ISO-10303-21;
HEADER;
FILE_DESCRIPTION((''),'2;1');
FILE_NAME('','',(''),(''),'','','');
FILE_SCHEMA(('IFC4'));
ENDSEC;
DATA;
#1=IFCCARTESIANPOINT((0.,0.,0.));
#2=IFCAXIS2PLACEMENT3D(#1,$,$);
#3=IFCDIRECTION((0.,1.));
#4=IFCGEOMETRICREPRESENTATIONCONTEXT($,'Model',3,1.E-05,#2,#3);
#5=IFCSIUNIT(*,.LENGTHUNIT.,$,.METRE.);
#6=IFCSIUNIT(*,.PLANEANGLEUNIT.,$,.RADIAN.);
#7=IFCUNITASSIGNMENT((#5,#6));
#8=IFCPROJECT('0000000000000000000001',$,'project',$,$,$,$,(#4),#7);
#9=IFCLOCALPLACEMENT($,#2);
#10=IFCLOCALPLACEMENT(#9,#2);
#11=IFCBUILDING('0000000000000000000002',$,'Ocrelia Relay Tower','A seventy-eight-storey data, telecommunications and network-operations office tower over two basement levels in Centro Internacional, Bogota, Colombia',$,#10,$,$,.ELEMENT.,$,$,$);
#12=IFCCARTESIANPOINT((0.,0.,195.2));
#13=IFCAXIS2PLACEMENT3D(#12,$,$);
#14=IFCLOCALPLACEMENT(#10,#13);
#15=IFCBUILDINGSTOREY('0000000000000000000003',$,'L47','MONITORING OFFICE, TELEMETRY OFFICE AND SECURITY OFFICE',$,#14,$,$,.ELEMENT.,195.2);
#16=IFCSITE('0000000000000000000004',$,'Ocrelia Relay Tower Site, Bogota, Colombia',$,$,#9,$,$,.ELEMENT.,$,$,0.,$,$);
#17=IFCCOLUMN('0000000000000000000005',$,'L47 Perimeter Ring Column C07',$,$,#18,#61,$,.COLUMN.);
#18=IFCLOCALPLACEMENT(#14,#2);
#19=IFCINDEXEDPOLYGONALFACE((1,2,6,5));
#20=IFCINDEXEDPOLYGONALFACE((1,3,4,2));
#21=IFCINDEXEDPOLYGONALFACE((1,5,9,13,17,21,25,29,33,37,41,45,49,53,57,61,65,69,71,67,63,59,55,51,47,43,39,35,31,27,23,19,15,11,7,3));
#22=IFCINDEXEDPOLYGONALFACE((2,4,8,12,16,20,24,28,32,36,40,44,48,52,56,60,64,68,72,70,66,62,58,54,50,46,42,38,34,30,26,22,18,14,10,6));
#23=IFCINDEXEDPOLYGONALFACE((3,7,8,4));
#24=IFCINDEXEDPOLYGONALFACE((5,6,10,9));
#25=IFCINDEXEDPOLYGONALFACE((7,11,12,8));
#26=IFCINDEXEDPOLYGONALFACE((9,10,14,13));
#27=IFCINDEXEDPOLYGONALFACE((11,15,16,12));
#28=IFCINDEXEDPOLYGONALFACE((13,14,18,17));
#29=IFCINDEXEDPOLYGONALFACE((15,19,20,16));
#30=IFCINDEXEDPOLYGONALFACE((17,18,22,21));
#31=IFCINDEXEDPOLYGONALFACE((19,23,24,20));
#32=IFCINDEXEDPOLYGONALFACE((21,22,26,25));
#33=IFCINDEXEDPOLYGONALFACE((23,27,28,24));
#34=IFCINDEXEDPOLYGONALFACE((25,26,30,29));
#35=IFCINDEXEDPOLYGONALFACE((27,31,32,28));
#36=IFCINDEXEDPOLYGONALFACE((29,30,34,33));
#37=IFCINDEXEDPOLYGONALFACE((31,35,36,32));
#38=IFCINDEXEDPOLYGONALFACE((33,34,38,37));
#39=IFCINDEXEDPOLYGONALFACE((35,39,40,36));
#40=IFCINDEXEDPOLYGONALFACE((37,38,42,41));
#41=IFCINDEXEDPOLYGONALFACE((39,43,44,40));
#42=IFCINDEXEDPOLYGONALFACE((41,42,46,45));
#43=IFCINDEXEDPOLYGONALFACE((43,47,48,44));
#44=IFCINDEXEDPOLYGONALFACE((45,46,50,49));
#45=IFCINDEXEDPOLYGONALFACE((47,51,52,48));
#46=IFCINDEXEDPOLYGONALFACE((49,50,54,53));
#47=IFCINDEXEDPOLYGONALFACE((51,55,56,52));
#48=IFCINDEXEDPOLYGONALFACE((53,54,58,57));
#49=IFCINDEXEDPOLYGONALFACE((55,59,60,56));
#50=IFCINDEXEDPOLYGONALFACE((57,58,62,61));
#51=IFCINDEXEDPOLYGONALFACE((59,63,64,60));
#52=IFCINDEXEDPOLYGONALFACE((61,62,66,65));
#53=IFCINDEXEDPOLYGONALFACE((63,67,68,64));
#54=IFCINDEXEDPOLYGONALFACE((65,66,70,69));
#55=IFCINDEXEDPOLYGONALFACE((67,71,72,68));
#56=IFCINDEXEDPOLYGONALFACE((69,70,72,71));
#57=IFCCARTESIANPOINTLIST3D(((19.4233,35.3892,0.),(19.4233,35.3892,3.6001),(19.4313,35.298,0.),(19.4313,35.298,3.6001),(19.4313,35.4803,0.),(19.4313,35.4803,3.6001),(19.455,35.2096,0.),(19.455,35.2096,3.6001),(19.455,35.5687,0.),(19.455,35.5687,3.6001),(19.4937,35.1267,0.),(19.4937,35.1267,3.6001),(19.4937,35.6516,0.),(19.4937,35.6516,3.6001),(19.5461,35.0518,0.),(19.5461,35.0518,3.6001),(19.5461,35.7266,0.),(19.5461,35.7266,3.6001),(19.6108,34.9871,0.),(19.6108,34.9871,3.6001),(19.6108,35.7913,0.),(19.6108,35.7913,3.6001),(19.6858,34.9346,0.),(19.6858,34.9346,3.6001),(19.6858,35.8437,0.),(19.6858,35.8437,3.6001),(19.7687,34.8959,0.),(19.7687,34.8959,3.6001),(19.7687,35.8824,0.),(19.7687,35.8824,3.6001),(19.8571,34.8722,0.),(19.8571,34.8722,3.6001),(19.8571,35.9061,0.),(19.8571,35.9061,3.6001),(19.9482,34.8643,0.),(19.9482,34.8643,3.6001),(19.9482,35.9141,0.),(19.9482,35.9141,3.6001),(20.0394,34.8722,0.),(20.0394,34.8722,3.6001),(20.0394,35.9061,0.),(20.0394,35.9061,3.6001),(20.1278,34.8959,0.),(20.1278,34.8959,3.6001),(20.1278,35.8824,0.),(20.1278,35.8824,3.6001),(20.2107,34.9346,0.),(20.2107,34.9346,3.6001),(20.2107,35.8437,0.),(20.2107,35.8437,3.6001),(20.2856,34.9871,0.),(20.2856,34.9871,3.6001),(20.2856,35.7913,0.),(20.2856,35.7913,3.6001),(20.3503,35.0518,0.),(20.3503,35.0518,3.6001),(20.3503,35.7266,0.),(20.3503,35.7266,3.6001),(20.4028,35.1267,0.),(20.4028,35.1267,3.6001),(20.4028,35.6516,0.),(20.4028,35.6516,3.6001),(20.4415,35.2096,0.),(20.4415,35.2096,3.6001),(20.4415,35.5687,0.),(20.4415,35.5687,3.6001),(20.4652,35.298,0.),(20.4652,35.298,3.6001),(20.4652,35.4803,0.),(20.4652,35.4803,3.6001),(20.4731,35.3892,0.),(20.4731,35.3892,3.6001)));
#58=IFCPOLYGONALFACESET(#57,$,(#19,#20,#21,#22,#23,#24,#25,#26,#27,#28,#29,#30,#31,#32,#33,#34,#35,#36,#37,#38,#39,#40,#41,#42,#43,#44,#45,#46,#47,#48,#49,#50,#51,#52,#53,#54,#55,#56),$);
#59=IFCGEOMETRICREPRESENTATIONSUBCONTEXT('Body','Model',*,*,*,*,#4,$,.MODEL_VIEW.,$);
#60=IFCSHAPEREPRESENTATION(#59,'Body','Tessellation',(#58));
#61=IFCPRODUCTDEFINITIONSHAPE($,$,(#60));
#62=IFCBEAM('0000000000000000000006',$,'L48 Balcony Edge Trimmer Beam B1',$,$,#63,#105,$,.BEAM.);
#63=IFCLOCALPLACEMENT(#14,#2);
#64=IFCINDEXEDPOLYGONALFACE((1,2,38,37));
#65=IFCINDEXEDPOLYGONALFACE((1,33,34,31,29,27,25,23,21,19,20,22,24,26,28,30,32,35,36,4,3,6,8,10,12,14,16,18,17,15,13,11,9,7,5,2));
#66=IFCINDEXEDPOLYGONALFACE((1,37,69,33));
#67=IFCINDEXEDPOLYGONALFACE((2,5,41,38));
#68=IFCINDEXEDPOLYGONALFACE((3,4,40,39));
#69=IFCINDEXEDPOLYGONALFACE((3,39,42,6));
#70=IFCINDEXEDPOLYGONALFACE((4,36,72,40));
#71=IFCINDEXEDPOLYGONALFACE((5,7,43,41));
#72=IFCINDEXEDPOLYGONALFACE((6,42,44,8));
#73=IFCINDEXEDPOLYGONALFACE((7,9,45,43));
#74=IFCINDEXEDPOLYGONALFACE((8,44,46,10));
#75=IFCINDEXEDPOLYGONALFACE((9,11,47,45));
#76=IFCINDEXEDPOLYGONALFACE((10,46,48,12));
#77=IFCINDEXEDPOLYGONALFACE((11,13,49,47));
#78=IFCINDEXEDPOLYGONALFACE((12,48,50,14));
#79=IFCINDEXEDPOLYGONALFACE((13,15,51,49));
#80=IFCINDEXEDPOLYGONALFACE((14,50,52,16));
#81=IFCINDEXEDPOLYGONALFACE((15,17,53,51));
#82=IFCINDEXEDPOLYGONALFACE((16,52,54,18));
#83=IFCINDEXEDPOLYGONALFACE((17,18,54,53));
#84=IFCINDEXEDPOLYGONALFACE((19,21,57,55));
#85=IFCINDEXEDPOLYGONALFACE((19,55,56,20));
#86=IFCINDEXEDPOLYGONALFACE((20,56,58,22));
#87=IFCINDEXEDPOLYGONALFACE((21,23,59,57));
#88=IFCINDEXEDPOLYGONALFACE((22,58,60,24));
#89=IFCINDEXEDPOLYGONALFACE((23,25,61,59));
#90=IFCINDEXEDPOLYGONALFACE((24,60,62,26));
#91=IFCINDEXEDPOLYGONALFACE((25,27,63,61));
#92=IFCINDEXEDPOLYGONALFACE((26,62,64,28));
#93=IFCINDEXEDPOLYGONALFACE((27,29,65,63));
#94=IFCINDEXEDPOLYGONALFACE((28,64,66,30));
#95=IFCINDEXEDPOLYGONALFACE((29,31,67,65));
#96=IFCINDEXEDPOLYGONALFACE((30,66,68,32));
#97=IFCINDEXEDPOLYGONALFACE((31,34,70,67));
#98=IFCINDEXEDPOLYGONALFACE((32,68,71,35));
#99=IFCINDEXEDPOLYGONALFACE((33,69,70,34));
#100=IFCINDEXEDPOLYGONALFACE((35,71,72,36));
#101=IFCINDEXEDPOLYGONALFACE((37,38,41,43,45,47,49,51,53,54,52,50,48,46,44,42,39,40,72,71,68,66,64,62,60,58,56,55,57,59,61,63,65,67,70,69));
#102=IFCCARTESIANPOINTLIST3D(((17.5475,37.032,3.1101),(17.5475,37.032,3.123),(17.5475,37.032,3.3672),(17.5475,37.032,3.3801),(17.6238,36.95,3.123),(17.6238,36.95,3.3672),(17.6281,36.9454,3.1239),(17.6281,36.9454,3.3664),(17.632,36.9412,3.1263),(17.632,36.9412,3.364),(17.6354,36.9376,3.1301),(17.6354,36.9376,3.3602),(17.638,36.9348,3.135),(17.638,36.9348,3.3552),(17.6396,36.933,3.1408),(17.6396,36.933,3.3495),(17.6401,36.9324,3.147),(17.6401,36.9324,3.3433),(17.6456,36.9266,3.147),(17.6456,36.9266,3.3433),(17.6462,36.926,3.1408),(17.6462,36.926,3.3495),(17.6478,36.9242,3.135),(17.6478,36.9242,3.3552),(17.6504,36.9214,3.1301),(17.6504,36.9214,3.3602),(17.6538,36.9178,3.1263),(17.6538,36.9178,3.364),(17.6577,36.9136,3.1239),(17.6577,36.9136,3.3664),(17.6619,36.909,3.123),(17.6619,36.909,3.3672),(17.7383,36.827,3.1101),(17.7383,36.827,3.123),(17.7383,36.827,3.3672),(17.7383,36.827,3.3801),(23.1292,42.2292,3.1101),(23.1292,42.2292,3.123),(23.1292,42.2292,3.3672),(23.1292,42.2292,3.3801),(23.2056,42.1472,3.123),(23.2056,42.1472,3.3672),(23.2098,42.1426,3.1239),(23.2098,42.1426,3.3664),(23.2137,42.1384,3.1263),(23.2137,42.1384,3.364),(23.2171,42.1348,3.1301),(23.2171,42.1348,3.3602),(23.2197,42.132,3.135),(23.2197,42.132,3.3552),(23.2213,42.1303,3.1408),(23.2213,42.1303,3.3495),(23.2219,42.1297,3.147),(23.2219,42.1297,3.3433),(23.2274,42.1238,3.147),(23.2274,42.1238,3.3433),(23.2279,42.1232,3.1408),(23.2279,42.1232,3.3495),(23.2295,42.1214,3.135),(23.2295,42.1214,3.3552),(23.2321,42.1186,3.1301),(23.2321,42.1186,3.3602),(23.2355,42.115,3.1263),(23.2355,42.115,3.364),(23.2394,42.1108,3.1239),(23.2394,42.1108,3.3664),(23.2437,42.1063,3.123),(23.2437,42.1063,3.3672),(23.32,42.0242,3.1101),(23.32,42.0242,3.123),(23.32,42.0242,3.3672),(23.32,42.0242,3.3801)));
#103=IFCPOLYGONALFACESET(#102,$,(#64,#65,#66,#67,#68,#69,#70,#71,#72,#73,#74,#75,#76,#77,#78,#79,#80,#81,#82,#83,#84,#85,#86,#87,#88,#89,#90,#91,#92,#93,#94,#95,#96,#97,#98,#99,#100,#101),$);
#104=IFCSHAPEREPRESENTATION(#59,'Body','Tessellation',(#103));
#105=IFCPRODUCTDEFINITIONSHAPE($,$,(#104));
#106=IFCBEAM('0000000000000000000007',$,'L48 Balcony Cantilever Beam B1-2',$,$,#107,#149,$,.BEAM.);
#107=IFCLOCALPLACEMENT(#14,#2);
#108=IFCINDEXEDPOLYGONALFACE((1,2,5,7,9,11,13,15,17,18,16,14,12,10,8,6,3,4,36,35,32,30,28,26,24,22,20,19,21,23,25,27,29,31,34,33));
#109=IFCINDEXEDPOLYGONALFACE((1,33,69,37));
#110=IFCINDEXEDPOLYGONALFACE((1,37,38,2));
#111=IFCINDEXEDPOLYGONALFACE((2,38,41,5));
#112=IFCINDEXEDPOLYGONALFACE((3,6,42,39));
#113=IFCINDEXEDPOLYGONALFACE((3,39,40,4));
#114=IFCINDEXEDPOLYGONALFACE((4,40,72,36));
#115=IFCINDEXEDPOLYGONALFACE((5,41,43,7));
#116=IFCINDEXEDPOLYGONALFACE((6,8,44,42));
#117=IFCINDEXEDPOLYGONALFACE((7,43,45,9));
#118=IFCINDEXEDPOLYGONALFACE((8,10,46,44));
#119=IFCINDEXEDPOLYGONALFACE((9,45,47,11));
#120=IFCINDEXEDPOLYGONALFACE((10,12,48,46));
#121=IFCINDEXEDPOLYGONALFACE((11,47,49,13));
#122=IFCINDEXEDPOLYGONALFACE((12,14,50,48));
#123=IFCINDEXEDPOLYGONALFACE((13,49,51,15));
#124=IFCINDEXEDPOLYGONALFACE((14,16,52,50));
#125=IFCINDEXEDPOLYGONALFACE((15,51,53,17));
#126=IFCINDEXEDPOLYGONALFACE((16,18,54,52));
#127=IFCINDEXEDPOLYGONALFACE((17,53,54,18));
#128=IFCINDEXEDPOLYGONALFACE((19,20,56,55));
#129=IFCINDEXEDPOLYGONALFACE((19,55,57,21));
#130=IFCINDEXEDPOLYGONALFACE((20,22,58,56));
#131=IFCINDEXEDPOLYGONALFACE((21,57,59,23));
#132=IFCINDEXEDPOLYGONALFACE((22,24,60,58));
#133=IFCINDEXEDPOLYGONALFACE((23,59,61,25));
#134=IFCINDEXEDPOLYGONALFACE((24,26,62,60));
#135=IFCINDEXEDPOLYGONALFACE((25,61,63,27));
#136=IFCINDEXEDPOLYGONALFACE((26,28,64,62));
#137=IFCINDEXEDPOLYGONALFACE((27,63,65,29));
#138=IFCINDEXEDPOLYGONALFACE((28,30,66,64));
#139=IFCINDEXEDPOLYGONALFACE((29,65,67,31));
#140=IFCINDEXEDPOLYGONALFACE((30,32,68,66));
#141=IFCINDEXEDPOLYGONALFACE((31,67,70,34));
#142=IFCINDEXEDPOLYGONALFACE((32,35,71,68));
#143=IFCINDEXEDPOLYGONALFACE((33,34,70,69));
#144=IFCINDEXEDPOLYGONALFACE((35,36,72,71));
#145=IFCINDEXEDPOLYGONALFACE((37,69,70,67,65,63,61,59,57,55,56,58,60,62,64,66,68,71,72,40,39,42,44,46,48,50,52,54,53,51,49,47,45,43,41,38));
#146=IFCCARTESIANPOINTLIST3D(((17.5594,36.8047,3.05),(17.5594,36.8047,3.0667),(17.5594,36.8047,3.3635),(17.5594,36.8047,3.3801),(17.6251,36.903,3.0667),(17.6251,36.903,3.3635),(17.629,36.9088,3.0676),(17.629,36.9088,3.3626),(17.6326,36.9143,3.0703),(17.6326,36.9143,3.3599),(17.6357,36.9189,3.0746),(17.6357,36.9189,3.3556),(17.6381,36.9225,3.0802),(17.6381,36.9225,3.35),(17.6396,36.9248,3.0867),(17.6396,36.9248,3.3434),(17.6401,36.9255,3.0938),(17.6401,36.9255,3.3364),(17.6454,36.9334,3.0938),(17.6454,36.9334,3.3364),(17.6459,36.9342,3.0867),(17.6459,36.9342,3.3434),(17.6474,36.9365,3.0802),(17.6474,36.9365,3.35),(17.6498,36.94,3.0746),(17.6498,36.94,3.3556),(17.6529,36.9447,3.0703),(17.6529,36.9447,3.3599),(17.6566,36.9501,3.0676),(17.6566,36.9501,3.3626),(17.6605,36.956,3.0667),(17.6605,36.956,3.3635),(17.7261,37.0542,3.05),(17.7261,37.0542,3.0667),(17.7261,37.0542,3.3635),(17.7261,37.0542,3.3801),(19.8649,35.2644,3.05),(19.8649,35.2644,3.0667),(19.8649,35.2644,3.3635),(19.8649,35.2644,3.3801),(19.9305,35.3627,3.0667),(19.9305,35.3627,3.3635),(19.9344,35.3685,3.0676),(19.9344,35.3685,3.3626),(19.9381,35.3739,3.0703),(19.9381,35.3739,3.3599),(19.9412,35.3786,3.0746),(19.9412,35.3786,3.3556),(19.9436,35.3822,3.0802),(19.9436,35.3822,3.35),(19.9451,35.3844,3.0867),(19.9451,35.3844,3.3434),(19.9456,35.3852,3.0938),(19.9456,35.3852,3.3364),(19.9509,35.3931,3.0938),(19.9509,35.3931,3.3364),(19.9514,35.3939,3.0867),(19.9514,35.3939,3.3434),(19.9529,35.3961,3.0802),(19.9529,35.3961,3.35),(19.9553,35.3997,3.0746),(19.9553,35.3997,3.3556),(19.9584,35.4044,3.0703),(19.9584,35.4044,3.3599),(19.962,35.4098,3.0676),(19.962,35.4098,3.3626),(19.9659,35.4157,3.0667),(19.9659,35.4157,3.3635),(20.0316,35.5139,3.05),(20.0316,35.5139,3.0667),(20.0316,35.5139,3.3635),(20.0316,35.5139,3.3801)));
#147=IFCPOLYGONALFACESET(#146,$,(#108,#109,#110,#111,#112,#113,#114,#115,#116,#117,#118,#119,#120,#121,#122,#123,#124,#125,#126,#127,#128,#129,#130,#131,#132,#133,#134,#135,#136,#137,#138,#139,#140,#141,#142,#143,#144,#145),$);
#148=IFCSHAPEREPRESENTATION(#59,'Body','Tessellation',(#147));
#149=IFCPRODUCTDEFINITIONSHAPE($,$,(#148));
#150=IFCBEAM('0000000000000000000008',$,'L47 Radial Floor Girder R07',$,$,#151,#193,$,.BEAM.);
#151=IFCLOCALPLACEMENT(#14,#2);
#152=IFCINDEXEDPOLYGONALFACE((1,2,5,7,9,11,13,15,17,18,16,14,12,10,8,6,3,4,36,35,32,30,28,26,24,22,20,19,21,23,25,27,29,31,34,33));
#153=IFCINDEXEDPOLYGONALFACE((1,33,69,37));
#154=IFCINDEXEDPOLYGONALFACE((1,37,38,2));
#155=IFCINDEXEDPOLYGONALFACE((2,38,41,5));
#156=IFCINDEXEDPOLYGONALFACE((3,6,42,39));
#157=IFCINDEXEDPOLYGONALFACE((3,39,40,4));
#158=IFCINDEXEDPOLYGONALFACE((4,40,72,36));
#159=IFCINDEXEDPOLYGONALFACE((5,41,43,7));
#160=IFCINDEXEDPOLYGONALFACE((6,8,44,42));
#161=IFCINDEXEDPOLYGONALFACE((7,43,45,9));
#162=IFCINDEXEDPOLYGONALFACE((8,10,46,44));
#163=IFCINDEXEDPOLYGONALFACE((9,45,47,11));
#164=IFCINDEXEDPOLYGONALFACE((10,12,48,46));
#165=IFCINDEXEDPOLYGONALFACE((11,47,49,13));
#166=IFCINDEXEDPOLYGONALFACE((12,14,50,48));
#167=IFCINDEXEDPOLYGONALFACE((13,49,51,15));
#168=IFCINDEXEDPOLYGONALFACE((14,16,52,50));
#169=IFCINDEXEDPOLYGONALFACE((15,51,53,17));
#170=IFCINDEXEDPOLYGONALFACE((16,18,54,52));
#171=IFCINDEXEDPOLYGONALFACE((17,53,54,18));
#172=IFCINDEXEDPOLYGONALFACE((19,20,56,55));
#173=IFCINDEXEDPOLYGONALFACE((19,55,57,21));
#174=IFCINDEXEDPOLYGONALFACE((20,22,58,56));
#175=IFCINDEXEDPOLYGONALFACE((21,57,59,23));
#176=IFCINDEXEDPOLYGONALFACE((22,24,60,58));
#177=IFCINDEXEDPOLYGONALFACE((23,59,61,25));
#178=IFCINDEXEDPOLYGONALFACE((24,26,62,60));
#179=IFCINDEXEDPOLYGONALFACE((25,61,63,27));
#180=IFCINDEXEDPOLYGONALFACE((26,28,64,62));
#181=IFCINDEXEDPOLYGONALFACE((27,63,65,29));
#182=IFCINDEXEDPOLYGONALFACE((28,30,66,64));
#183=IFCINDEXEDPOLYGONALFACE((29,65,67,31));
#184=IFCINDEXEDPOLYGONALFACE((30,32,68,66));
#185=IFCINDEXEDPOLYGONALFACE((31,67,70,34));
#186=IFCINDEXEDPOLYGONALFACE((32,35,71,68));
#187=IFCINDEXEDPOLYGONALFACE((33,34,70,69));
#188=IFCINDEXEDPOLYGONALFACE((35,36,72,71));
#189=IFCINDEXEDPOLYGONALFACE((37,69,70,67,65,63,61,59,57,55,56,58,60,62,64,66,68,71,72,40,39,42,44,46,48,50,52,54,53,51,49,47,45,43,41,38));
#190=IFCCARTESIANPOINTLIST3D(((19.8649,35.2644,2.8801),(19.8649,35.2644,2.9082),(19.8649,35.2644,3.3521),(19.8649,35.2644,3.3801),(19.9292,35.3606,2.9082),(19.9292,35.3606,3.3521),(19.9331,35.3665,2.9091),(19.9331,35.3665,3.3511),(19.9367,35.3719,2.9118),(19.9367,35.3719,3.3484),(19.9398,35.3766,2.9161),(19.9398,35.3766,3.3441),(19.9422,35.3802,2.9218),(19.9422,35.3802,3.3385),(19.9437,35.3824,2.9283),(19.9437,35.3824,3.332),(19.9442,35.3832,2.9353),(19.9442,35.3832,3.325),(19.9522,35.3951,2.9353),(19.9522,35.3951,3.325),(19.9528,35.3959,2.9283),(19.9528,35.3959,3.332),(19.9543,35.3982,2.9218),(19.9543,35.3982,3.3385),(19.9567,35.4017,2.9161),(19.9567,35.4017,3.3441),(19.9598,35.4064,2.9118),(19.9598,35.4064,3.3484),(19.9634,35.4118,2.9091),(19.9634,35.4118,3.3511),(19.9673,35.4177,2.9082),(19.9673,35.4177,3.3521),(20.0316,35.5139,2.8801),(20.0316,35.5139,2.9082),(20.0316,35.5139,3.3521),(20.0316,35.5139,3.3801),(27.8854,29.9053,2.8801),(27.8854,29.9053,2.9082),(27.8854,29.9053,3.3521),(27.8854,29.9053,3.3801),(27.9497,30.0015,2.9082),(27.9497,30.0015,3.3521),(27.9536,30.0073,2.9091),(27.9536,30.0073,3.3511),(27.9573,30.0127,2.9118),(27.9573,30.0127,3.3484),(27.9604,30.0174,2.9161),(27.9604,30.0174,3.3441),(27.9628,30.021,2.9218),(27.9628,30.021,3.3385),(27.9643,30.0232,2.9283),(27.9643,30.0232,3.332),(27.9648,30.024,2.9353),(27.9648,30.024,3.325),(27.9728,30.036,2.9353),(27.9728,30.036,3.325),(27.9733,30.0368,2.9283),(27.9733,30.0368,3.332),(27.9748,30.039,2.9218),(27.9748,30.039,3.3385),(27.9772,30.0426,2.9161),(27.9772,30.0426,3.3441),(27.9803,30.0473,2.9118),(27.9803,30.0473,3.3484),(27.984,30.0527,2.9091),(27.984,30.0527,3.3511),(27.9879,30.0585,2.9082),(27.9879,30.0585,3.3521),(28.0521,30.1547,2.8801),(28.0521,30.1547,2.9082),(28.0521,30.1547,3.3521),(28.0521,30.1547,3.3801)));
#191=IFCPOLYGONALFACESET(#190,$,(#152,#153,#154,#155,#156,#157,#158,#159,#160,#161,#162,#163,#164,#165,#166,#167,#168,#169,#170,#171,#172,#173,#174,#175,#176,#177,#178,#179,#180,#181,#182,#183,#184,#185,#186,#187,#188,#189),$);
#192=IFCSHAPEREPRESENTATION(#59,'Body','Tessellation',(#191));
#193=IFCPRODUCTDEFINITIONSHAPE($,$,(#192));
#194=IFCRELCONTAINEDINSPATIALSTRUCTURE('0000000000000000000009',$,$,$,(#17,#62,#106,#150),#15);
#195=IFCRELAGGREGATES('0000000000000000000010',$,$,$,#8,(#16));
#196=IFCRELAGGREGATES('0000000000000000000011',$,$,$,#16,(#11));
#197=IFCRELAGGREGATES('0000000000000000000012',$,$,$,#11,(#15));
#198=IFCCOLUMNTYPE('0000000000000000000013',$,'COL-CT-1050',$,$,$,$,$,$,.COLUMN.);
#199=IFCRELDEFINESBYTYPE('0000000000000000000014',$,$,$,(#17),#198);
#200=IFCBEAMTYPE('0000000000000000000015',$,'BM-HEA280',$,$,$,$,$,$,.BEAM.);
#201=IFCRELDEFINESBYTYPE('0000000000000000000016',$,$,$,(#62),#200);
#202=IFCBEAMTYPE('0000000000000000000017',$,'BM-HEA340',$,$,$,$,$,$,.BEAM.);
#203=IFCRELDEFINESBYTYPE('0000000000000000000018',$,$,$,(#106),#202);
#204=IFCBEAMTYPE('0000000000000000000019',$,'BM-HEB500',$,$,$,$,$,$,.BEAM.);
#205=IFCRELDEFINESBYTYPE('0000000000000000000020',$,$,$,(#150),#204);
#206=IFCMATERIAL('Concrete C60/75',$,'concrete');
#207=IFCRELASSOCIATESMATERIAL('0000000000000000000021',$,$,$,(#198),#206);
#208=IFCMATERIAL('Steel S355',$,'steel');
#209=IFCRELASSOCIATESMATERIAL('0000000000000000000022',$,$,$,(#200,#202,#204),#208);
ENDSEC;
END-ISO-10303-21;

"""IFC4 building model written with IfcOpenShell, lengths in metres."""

from ifc_helpers import new_model, si_unit, direction, frame, origin, origin_2d, place, context, subcontext, project, spatial, circle, i_section, extrude, material, material_profile, profile_set, type_object, element, save


model = new_model("IFC4")

# Units and contexts
model_context = context("Model", 3, precision=1e-05, world=origin(), true_north=direction((0.0, 1.0)))
body_context = subcontext(model_context, "Body", "Model", "MODEL_VIEW")
ifc_project = project(units=[si_unit("LENGTHUNIT", "METRE"), si_unit("PLANEANGLEUNIT", "RADIAN")], contexts=[model_context])

# Site, building, storey
site_placement = place(None, origin())
site = spatial("IfcSite", under=ifc_project, at=site_placement, Name="Ocrelia Relay Tower Site, Bogota, Colombia", CompositionType="ELEMENT", RefElevation=0.0)
building_placement = place(site_placement, origin())
building = spatial("IfcBuilding", under=site, at=building_placement, Name="Ocrelia Relay Tower", Description="A seventy-eight-storey data, telecommunications and network-operations office tower over two basement levels in Centro Internacional, Bogota, Colombia", CompositionType="ELEMENT")
storey_placement = place(building_placement, frame((0.0, 0.0, 195.2)))
storey = spatial("IfcBuildingStorey", under=building, at=storey_placement, Name="L47", Description="MONITORING OFFICE, TELEMETRY OFFICE AND SECURITY OFFICE", CompositionType="ELEMENT", Elevation=195.2)

# Column
ifc_material_1 = material(Name="Concrete C60/75", Category="concrete")
ifc_material_profile_1 = material_profile(ifc_material_1, circle(Radius=0.5249, at=origin_2d()), Name="RC-CIR-1050")
ifc_profile_set_1 = profile_set([ifc_material_profile_1], Name="Concrete C60/75")
column_type = type_object("IfcColumnType", Name="COL-CT-1050", PredefinedType="COLUMN", material=ifc_profile_set_1)
column_placement = place(storey_placement, frame((19.9482, 35.3892, 0.0), z_axis=(0.0, 0.0, 1.0), x_axis=(1.0, 0.0, 0.0)))
element("IfcColumn", 1, at=column_placement, inside=storey, type_object=column_type, Name="L47 Perimeter Ring Column C07", PredefinedType="COLUMN", context=body_context, shape_type="SweptSolid", body=[
    extrude(circle(Radius=0.5249, at=origin_2d()), origin(), (0.0, 0.0, 1.0), 3.6001),
])

# Beams
ifc_material_2 = material(Name="Steel S355", Category="steel")
ifc_material_profile_2 = material_profile(ifc_material_2, i_section(OverallWidth=0.28, OverallDepth=0.27, WebThickness=0.0081, FlangeThickness=0.0129, FilletRadius=0.0239, at=origin_2d()), Name="HEA 280")
ifc_profile_set_2 = profile_set([ifc_material_profile_2], Name="Steel S355")
beam_type_1 = type_object("IfcBeamType", Name="BM-HEA280", PredefinedType="BEAM", material=ifc_profile_set_2)
beam_1_placement = place(storey_placement, frame((23.2246, 42.1267, 3.2451), z_axis=(-0.731866, -0.681449, 0.0), x_axis=(0.681449, -0.731866, 0.0)))
element("IfcBeam", 2, at=beam_1_placement, inside=storey, type_object=beam_type_1, Name="L48 Balcony Edge Trimmer Beam B1", PredefinedType="BEAM", context=body_context, shape_type="SweptSolid", body=[
    extrude(i_section(OverallWidth=0.28, OverallDepth=0.27, WebThickness=0.0081, FlangeThickness=0.0129, FilletRadius=0.0239, at=origin_2d()), origin(), (0.0, 0.0, 1.0), 7.6267),
])
ifc_material_profile_3 = material_profile(ifc_material_2, i_section(OverallWidth=0.3, OverallDepth=0.3301, WebThickness=0.0095, FlangeThickness=0.0166, FilletRadius=0.0271, at=origin_2d()), Name="HEA 340")
ifc_profile_set_3 = profile_set([ifc_material_profile_3], Name="Steel S355")
beam_type_2 = type_object("IfcBeamType", Name="BM-HEA340", PredefinedType="BEAM", material=ifc_profile_set_3)
beam_2_placement = place(storey_placement, frame((19.9482, 35.3892, 3.2151), z_axis=(-0.831494, 0.555533, 0.0), x_axis=(-0.555533, -0.831494, 0.0)))
element("IfcBeam", 3, at=beam_2_placement, inside=storey, type_object=beam_type_2, Name="L48 Balcony Cantilever Beam B1-2", PredefinedType="BEAM", context=body_context, shape_type="SweptSolid", body=[
    extrude(i_section(OverallWidth=0.3, OverallDepth=0.3301, WebThickness=0.0095, FlangeThickness=0.0166, FilletRadius=0.0271, at=origin_2d()), origin(), (0.0, 0.0, 1.0), 2.7727),
])
ifc_material_profile_4 = material_profile(ifc_material_2, i_section(OverallWidth=0.3, OverallDepth=0.5, WebThickness=0.0144, FlangeThickness=0.0281, FilletRadius=0.0271, at=origin_2d()), Name="HEB 500")
ifc_profile_set_4 = profile_set([ifc_material_profile_4], Name="Steel S355")
beam_type_3 = type_object("IfcBeamType", Name="BM-HEB500", PredefinedType="BEAM", material=ifc_profile_set_4)
beam_3_placement = place(storey_placement, frame((19.9482, 35.3892, 3.1301), z_axis=(0.83147, -0.55557, 0.0), x_axis=(0.55557, 0.83147, 0.0)))
element("IfcBeam", 4, at=beam_3_placement, inside=storey, type_object=beam_type_3, Name="L47 Radial Floor Girder R07", PredefinedType="BEAM", context=body_context, shape_type="SweptSolid", body=[
    extrude(i_section(OverallWidth=0.3, OverallDepth=0.5, WebThickness=0.0144, FlangeThickness=0.0281, FilletRadius=0.0271, at=origin_2d()), origin(), (0.0, 0.0, 1.0), 9.6462),
])

save(model, "model.ifc")
